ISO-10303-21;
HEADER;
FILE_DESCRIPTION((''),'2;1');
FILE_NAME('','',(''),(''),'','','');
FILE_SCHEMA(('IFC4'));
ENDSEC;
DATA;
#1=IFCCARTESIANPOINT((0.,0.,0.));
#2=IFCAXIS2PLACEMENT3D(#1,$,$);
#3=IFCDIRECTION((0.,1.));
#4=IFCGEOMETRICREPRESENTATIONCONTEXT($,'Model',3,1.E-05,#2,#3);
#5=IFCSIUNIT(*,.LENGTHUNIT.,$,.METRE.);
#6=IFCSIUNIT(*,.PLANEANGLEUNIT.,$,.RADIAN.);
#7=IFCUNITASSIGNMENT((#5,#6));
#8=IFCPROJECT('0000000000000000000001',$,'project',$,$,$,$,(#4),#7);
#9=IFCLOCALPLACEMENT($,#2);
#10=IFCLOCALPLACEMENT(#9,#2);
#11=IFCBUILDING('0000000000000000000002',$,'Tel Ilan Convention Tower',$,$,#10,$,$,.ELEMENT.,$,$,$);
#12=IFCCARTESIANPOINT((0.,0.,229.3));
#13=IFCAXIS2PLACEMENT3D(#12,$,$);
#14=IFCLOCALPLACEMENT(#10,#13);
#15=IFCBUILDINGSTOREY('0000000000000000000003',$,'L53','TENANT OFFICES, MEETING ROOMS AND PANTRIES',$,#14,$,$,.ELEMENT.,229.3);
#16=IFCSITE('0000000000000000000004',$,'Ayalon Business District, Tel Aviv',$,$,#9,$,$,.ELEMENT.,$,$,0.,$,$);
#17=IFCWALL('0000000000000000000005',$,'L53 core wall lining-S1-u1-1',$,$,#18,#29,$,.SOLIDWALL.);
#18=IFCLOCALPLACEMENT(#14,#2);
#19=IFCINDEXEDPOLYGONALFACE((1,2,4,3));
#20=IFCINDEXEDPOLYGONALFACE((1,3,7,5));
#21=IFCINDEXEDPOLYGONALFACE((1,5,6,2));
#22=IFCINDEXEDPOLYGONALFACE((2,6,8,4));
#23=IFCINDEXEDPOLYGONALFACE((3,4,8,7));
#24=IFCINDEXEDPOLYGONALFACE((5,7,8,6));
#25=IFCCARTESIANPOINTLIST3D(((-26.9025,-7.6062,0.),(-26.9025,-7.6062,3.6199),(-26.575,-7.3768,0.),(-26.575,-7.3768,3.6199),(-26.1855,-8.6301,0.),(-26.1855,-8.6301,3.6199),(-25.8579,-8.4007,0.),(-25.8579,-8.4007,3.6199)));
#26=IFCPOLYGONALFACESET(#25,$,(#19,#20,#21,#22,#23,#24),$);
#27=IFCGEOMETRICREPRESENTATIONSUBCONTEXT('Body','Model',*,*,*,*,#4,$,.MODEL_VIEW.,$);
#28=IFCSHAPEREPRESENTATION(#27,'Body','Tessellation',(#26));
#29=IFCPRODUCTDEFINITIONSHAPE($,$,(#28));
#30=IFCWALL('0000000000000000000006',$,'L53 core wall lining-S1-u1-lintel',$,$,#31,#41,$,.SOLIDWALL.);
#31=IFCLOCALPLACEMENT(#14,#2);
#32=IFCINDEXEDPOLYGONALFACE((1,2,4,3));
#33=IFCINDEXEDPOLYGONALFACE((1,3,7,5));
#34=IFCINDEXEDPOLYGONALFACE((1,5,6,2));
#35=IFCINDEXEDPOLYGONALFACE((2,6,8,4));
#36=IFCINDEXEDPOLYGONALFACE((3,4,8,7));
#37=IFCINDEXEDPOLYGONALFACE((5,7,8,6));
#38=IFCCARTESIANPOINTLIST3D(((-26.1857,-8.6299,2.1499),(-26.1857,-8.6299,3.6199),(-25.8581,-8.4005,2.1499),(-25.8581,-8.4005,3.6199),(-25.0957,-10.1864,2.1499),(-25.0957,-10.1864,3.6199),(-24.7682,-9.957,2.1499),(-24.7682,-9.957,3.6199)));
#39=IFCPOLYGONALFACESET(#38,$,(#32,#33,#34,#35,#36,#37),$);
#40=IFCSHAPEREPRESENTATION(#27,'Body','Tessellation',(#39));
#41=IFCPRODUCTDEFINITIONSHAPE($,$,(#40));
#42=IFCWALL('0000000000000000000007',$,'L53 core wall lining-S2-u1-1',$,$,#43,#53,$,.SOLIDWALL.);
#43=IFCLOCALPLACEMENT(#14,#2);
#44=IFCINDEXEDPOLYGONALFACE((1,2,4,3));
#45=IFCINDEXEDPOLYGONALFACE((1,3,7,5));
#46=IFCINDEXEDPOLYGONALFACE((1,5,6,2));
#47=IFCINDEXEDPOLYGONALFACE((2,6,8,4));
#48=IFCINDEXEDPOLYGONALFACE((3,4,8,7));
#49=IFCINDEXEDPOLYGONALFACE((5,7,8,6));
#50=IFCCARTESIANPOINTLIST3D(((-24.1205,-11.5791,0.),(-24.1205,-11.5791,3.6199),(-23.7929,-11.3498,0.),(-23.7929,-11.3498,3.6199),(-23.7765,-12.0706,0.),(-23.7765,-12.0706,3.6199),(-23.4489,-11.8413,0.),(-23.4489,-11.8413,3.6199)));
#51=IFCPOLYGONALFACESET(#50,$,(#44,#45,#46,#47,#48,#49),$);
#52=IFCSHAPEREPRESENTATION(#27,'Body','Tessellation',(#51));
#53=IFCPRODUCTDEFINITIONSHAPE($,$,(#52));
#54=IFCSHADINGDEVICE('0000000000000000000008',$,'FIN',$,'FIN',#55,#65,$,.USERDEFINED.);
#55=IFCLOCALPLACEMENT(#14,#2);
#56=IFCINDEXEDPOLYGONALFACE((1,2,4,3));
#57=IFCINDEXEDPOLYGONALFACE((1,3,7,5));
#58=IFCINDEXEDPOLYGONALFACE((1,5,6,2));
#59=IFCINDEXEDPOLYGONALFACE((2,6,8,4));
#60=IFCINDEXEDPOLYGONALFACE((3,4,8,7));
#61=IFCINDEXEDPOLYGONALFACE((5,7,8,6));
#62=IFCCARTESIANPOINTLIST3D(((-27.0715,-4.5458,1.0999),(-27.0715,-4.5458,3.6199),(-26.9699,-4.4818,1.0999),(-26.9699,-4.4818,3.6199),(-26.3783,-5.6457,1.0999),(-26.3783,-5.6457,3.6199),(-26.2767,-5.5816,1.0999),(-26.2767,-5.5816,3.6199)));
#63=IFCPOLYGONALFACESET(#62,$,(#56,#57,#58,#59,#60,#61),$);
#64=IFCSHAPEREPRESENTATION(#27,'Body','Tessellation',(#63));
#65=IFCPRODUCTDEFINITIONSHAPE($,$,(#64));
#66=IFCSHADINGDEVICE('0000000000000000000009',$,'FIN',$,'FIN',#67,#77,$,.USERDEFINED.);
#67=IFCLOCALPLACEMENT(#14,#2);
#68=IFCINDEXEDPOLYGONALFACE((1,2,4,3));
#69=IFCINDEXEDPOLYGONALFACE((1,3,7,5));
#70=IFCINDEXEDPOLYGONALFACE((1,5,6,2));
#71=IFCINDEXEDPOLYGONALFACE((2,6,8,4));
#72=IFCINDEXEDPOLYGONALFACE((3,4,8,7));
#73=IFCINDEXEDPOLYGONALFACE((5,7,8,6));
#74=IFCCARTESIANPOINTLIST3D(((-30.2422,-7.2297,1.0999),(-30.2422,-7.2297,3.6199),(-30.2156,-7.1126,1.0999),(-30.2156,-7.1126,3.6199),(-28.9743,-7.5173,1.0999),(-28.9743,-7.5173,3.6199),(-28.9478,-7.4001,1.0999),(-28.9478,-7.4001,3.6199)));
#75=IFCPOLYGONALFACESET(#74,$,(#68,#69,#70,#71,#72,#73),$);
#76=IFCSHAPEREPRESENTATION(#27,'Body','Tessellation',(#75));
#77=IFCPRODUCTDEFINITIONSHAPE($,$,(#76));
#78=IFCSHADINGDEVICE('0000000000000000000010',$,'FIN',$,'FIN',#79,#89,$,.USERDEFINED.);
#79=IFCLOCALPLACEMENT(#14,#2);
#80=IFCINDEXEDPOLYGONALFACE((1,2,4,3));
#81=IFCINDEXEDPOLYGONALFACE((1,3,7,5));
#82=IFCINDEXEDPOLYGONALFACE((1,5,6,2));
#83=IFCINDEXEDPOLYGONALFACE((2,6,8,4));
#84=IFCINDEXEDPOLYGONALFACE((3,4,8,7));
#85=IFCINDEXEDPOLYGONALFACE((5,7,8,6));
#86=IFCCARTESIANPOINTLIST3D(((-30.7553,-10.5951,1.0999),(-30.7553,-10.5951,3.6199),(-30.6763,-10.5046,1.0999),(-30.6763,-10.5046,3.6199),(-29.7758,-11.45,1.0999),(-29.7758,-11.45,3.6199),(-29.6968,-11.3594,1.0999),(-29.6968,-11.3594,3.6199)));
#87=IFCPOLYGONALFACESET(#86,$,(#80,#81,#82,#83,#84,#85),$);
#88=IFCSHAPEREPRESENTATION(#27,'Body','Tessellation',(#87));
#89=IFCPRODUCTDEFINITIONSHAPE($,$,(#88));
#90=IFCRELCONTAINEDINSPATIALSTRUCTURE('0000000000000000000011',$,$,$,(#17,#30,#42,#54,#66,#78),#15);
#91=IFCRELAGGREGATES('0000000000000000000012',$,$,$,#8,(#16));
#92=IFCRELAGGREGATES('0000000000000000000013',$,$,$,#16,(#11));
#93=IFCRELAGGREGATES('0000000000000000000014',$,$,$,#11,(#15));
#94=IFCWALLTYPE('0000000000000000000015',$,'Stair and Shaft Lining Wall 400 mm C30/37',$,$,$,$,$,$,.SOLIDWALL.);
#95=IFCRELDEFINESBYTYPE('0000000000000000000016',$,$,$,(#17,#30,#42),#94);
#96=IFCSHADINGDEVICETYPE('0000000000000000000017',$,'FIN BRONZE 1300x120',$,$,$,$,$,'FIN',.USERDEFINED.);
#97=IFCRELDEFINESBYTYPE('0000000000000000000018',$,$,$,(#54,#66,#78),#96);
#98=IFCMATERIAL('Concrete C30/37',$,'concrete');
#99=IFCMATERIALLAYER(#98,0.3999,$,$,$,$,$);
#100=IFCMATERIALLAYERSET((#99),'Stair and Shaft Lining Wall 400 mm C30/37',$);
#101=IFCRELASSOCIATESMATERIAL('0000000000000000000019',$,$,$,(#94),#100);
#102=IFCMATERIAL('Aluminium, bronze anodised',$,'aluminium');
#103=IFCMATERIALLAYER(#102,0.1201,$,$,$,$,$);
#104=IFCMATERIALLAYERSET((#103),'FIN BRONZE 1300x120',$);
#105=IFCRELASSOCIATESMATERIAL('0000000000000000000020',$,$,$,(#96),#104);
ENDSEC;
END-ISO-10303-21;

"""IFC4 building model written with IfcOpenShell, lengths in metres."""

from ifc_helpers import new_model, si_unit, direction, frame, frame_2d, origin, origin_2d, place, context, subcontext, project, spatial, rectangle, extrude, material, layer, layer_set, type_object, element, save


model = new_model("IFC4")

# Units and contexts
model_context = context("Model", 3, precision=1e-05, world=origin(), true_north=direction((0.0, 1.0)))
body_context = subcontext(model_context, "Body", "Model", "MODEL_VIEW")
ifc_project = project(units=[si_unit("LENGTHUNIT", "METRE"), si_unit("PLANEANGLEUNIT", "RADIAN")], contexts=[model_context])

# Site, building, storey
site_placement = place(None, origin())
site = spatial("IfcSite", under=ifc_project, at=site_placement, Name="Ayalon Business District, Tel Aviv", CompositionType="ELEMENT", RefElevation=0.0)
building_placement = place(site_placement, origin())
building = spatial("IfcBuilding", under=site, at=building_placement, Name="Tel Ilan Convention Tower", CompositionType="ELEMENT")
storey_placement = place(building_placement, frame((0.0, 0.0, 229.3)))
storey = spatial("IfcBuildingStorey", under=building, at=storey_placement, Name="L53", Description="TENANT OFFICES, MEETING ROOMS AND PANTRIES", CompositionType="ELEMENT", Elevation=229.3)

# Walls
ifc_material_1 = material(Name="Concrete C30/37", Category="concrete")
ifc_layer_1 = layer(ifc_material_1, 0.3999)
ifc_layer_set_1 = layer_set([ifc_layer_1], Name="Stair and Shaft Lining Wall 400 mm C30/37")
wall_type = type_object("IfcWallType", Name="Stair and Shaft Lining Wall 400 mm C30/37", PredefinedType="SOLIDWALL", material=ifc_layer_set_1)
wall_1_placement = place(storey_placement, frame((-26.0217, -8.5154, 0.0), z_axis=(0.0, 0.0, 1.0), x_axis=(-0.57362, 0.819122, 0.0)))
element("IfcWall", 1, at=wall_1_placement, inside=storey, type_object=wall_type, Name="L53 core wall lining-S1-u1-1", PredefinedType="SOLIDWALL", context=body_context, shape_type="SweptSolid", body=[
    extrude(rectangle(XDim=1.25, YDim=0.3999, at=frame_2d((0.625, 0.0))), origin(), (0.0, 0.0, 1.0), 3.6199),
])
wall_2_placement = place(storey_placement, frame((-24.9319, -10.0718, 2.1499), z_axis=(0.0, 0.0, 1.0), x_axis=(-0.573592, 0.819141, 0.0)))
element("IfcWall", 2, at=wall_2_placement, inside=storey, type_object=wall_type, Name="L53 core wall lining-S1-u1-lintel", PredefinedType="SOLIDWALL", context=body_context, shape_type="SweptSolid", body=[
    extrude(rectangle(XDim=1.9001, YDim=0.3999, at=frame_2d((0.9502, 0.0))), origin(), (0.0, 0.0, 1.0), 1.47),
])
wall_3_placement = place(storey_placement, frame((-23.6128, -11.9558, 0.0), z_axis=(0.0, 0.0, 1.0), x_axis=(-0.573435, 0.819251, 0.0)))
element("IfcWall", 3, at=wall_3_placement, inside=storey, type_object=wall_type, Name="L53 core wall lining-S2-u1-1", PredefinedType="SOLIDWALL", context=body_context, shape_type="SweptSolid", body=[
    extrude(rectangle(XDim=0.5999, YDim=0.3999, at=frame_2d((0.2998, 0.0))), origin(), (0.0, 0.0, 1.0), 3.6199),
])

# Shading devices
ifc_material_2 = material(Name="Aluminium, bronze anodised", Category="aluminium")
ifc_layer_2 = layer(ifc_material_2, 0.1201)
ifc_layer_set_2 = layer_set([ifc_layer_2], Name="FIN BRONZE 1300x120")
shading_device_type = type_object("IfcShadingDeviceType", Name="FIN BRONZE 1300x120", ElementType="FIN", PredefinedType="USERDEFINED", material=ifc_layer_set_2)
for number, where, z_axis, x_axis, name in (
    (4, (-26.6741, -5.0637, 1.0999), (0.0, 0.0, 1.0), (-0.533204, 0.845986, 0.0), "FIN"),
    (5, (-29.595, -7.3149, 1.0999), (0.0, 0.0, 1.0), (-0.975235, 0.22117, 0.0), "FIN"),
    (6, (-30.2261, -10.9773, 1.0999), (0.0, 0.0, 1.0), (-0.753436, 0.657521, 0.0), "FIN"),
):
    element("IfcShadingDevice", number, at=place(storey_placement, frame(where, z_axis=z_axis, x_axis=x_axis)), inside=storey, type_object=shading_device_type, Name=name, ObjectType="FIN", PredefinedType="USERDEFINED", context=body_context, shape_type="SweptSolid", body=[
        extrude(rectangle(XDim=1.3, YDim=0.1201, at=origin_2d()), origin(), (0.0, 0.0, 1.0), 2.52),
    ])

save(model, "model.ifc")
